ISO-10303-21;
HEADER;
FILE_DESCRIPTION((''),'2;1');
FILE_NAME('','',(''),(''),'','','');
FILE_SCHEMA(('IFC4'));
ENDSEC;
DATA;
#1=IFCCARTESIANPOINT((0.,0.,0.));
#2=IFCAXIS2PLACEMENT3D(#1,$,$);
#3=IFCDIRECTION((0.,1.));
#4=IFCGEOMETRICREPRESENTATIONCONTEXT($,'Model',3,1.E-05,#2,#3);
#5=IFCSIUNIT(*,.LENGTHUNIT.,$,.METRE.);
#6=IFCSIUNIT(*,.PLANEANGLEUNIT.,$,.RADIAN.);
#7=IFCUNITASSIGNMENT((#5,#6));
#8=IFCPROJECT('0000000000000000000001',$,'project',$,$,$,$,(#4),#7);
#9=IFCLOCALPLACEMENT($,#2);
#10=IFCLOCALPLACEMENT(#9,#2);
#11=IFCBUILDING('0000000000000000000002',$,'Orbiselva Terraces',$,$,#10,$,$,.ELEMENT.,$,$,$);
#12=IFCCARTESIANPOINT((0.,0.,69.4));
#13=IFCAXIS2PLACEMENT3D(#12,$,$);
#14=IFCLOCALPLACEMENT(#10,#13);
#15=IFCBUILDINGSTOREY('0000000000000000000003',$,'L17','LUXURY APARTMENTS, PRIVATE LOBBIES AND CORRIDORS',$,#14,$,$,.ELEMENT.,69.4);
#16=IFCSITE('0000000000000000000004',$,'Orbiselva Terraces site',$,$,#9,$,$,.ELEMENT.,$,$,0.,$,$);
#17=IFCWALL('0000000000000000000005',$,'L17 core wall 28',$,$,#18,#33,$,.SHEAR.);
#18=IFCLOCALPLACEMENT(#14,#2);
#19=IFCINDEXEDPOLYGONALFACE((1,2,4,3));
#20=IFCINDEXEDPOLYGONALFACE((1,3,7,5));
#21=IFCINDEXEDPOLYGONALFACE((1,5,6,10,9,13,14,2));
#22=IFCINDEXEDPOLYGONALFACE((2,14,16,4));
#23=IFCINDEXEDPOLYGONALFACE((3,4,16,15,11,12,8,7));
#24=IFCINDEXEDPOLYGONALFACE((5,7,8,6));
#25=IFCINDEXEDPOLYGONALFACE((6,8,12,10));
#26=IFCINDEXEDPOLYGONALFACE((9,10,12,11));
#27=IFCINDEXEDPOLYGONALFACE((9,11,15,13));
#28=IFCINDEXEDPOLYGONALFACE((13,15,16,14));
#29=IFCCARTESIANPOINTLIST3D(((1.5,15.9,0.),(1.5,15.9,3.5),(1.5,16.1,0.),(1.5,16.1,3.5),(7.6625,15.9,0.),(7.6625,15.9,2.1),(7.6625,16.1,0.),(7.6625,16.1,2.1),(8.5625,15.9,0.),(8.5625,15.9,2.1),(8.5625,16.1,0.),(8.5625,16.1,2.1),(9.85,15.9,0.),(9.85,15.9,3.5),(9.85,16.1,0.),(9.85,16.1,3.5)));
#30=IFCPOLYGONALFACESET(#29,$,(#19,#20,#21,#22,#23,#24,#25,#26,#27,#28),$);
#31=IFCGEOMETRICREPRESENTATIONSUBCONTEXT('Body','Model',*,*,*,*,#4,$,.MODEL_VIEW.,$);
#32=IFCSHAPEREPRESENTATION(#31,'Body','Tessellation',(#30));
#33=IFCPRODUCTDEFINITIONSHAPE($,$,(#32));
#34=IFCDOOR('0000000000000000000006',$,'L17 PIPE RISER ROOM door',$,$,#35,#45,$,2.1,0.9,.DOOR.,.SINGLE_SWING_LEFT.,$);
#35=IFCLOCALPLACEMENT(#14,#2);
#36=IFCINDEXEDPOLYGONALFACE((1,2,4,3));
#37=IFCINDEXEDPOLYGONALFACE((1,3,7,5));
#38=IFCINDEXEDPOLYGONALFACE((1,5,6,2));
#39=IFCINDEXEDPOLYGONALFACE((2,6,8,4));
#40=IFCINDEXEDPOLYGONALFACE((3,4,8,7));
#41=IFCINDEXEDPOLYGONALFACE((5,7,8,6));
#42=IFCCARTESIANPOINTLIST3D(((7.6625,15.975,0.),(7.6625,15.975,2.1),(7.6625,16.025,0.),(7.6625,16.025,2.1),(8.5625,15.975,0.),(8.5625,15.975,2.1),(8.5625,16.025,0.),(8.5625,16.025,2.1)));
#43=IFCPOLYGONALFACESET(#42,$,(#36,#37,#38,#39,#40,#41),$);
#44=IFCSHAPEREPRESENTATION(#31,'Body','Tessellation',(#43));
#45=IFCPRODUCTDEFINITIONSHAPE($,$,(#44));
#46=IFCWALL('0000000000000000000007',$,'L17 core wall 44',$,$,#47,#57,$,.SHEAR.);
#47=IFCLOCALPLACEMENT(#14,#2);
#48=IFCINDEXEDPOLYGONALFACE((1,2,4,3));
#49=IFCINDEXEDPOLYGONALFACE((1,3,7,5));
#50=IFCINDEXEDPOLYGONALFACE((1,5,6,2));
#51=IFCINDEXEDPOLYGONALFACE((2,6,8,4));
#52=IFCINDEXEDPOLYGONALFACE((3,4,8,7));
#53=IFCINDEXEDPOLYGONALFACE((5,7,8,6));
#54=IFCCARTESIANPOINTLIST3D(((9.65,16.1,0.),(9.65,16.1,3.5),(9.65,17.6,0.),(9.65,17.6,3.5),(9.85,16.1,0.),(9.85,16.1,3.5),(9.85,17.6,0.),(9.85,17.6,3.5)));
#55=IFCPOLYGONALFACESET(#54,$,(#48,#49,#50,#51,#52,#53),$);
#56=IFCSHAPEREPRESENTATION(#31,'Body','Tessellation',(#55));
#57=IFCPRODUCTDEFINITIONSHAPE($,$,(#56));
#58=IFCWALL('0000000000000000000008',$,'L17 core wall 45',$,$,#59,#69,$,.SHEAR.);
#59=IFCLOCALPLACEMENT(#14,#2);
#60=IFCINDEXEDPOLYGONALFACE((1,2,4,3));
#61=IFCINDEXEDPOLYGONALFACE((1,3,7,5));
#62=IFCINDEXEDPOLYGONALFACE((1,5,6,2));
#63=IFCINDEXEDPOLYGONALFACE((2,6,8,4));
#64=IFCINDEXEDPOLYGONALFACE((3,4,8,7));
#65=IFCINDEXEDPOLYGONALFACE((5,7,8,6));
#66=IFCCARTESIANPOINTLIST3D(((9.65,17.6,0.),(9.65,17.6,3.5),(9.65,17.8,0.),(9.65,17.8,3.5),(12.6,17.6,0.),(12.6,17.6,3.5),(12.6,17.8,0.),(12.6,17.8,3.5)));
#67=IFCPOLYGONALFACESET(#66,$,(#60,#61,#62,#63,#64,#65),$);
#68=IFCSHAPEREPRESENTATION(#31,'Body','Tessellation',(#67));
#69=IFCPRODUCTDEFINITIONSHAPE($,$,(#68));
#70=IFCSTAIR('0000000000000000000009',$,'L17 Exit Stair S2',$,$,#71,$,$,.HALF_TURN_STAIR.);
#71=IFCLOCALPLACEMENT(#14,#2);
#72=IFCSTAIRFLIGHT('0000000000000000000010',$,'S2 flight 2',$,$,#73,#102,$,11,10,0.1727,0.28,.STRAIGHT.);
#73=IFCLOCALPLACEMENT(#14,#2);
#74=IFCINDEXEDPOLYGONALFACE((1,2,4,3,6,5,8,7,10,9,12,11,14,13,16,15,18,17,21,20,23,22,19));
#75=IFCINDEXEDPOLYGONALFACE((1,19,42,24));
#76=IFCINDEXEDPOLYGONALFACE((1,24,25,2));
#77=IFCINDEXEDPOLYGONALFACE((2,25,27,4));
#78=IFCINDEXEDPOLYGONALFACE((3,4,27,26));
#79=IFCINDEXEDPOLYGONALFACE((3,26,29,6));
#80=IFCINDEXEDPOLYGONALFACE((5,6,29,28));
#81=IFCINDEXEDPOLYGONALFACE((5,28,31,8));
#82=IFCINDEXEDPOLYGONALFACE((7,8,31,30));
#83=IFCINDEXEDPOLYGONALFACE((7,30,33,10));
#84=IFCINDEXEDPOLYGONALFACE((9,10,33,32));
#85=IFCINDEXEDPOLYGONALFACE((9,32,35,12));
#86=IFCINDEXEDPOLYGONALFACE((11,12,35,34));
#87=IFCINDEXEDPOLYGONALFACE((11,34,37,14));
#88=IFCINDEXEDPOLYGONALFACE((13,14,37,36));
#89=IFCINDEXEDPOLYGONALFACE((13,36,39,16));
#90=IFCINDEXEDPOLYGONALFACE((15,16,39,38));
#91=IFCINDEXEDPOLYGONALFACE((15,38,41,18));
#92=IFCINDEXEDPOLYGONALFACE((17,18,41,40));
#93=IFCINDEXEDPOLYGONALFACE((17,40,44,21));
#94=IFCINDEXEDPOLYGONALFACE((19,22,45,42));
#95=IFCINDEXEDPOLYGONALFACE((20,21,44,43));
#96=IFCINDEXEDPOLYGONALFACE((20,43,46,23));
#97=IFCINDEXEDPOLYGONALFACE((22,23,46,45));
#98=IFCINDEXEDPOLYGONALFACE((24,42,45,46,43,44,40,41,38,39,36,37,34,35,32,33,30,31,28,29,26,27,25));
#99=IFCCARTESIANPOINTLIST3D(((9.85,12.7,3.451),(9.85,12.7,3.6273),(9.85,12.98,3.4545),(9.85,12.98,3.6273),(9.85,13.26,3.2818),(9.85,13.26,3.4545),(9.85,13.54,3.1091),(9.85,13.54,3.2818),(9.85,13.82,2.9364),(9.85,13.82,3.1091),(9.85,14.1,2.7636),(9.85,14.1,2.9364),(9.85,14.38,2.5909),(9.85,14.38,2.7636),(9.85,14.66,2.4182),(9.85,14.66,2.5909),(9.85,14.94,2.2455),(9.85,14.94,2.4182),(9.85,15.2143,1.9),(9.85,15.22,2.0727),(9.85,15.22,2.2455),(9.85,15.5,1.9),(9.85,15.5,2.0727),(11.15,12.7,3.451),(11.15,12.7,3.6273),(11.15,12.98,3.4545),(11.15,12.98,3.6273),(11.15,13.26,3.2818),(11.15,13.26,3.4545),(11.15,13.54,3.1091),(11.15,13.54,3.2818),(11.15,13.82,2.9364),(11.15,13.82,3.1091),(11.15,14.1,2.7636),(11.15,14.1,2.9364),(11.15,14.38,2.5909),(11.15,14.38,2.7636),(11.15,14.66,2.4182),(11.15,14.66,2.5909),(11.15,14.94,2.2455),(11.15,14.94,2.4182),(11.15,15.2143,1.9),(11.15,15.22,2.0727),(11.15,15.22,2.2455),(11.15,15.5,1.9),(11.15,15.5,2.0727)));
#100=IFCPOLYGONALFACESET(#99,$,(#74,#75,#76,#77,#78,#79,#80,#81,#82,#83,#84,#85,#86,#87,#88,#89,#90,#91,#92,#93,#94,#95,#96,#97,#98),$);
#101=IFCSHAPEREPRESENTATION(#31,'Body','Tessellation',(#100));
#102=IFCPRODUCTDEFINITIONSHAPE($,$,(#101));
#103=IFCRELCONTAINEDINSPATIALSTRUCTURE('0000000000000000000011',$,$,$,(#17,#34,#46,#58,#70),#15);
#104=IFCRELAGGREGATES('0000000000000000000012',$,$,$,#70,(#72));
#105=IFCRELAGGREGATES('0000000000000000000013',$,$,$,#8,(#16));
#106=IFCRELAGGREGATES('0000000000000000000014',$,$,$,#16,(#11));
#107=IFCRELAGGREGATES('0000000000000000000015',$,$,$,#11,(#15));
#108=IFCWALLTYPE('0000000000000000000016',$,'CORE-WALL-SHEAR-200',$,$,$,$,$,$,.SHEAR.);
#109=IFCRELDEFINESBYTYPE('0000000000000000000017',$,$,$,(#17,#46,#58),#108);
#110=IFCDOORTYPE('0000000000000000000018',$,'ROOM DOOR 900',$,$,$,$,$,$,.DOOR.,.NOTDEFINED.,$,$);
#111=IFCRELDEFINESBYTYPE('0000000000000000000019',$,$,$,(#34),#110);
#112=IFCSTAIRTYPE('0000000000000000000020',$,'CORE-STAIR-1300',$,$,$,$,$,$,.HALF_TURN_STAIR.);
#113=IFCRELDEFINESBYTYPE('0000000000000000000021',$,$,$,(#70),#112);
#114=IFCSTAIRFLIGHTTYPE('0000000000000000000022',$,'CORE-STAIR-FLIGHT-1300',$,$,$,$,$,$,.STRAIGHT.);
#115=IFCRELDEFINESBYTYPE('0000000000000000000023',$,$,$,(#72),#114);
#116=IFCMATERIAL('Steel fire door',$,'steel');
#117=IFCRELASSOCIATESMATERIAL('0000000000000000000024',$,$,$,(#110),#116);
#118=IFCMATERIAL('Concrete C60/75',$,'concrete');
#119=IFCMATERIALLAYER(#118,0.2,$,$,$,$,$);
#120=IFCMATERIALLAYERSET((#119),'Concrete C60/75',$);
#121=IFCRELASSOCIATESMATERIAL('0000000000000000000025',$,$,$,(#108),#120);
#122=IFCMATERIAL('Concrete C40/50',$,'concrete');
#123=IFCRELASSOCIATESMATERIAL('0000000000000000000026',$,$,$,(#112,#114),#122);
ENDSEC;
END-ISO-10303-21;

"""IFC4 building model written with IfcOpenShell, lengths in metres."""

from ifc_helpers import new_model, si_unit, direction, frame, frame_2d, origin, place, context, subcontext, project, spatial, polyline, rectangle, outline, extrude, material, layer, layer_set, type_object, element, fill, aggregate, save


model = new_model("IFC4")

# Units and contexts
model_context = context("Model", 3, precision=1e-05, world=origin(), true_north=direction((0.0, 1.0)))
body_context = subcontext(model_context, "Body", "Model", "MODEL_VIEW")
ifc_project = project(units=[si_unit("LENGTHUNIT", "METRE"), si_unit("PLANEANGLEUNIT", "RADIAN")], contexts=[model_context])

# Site, building, storey
site_placement = place(None, origin())
site = spatial("IfcSite", under=ifc_project, at=site_placement, Name="Orbiselva Terraces site", CompositionType="ELEMENT", RefElevation=0.0)
building_placement = place(site_placement, origin())
building = spatial("IfcBuilding", under=site, at=building_placement, Name="Orbiselva Terraces", CompositionType="ELEMENT")
storey_placement = place(building_placement, frame((0.0, 0.0, 69.4)))
storey = spatial("IfcBuildingStorey", under=building, at=storey_placement, Name="L17", Description="LUXURY APARTMENTS, PRIVATE LOBBIES AND CORRIDORS", CompositionType="ELEMENT", Elevation=69.4)

# Shared definitions
ifc_material_1 = material(Name="Steel fire door", Category="steel")
door_type = type_object("IfcDoorType", Name="ROOM DOOR 900", OperationType="NOTDEFINED", PredefinedType="DOOR", material=ifc_material_1)

# Shared definitions
ifc_material_2 = material(Name="Concrete C40/50", Category="concrete")
ifc_material_3 = material(Name="Concrete C60/75", Category="concrete")
ifc_layer_1 = layer(ifc_material_3, 0.2)
ifc_layer_set_1 = layer_set([ifc_layer_1], Name="Concrete C60/75")
wall_type_1 = type_object("IfcWallType", Name="CORE-WALL-SHEAR-200", PredefinedType="SHEAR", material=ifc_layer_set_1)

# Wall, opening, door
wall_1_placement = place(storey_placement, frame((9.85, 16.0, 0.0), z_axis=(0.0, 0.0, 1.0), x_axis=(-1.0, 0.0, 0.0)))
wall_1 = element("IfcWall", 1, at=wall_1_placement, inside=storey, type_object=wall_type_1, Name="L17 core wall 28", PredefinedType="SHEAR", context=body_context, shape_type="SweptSolid", body=[
    extrude(rectangle(XDim=8.35, YDim=0.2, at=frame_2d((4.175, 0.0))), origin(), (0.0, 0.0, 1.0), 3.5),
])
opening_1_placement = place(wall_1_placement, frame((1.2875, 0.0, 0.0)))
opening_1 = element("IfcOpeningElement", 2, at=opening_1_placement, cuts=wall_1, PredefinedType="OPENING", context=body_context, shape_type="SweptSolid", body=[
    extrude(rectangle(XDim=0.9, YDim=2.1, at=frame_2d((0.45, 1.05))), frame((0.0, 0.11, 0.0), z_axis=(0.0, -1.0, 0.0), x_axis=(1.0, 0.0, 0.0)), (0.0, 0.0, 1.0), 0.22),
])
door_1_placement = place(opening_1_placement, origin())
door_1 = element("IfcDoor", 3, at=door_1_placement, inside=storey, type_object=door_type, Name="L17 PIPE RISER ROOM door", OperationType="SINGLE_SWING_LEFT", OverallHeight=2.1, OverallWidth=0.9, PredefinedType="DOOR", context=body_context, shape_type="SweptSolid", body=[
    extrude(rectangle(XDim=0.9, YDim=2.1, at=frame_2d((0.45, 1.05))), frame((0.0, 0.025, 0.0), z_axis=(0.0, -1.0, 0.0), x_axis=(1.0, 0.0, 0.0)), (0.0, 0.0, 1.0), 0.05),
])
fill(opening_1, door_1)

# Walls
wall_2_placement = place(storey_placement, frame((9.75, 16.1, 0.0), z_axis=(0.0, 0.0, 1.0), x_axis=(0.0, 1.0, 0.0)))
element("IfcWall", 4, at=wall_2_placement, inside=storey, type_object=wall_type_1, Name="L17 core wall 44", PredefinedType="SHEAR", context=body_context, shape_type="SweptSolid", body=[
    extrude(rectangle(XDim=1.5, YDim=0.2, at=frame_2d((0.75, 0.0))), origin(), (0.0, 0.0, 1.0), 3.5),
])
wall_3_placement = place(storey_placement, frame((9.65, 17.7, 0.0), z_axis=(0.0, 0.0, 1.0), x_axis=(1.0, 0.0, 0.0)))
element("IfcWall", 5, at=wall_3_placement, inside=storey, type_object=wall_type_1, Name="L17 core wall 45", PredefinedType="SHEAR", context=body_context, shape_type="SweptSolid", body=[
    extrude(rectangle(XDim=2.95, YDim=0.2, at=frame_2d((1.475, 0.0))), origin(), (0.0, 0.0, 1.0), 3.5),
])

# Stair, stair flight
stair_type = type_object("IfcStairType", Name="CORE-STAIR-1300", PredefinedType="HALF_TURN_STAIR", material=ifc_material_2)
stair_placement = place(storey_placement, origin())
stair = element("IfcStair", 6, at=stair_placement, inside=storey, type_object=stair_type, Name="L17 Exit Stair S2", PredefinedType="HALF_TURN_STAIR")
stair_flight_type = type_object("IfcStairFlightType", Name="CORE-STAIR-FLIGHT-1300", PredefinedType="STRAIGHT", material=ifc_material_2)
stair_flight_placement = place(storey_placement, frame((10.5, 15.5, 1.9), z_axis=(0.0, 0.0, 1.0), x_axis=(0.0, -1.0, 0.0)))
stair_flight = element("IfcStairFlight", 7, at=stair_flight_placement, type_object=stair_flight_type, Name="S2 flight 2", NumberOfRisers=11, NumberOfTreads=10, PredefinedType="STRAIGHT", RiserHeight=0.1727, TreadLength=0.28, context=body_context, shape_type="SweptSolid", body=[
    extrude(outline(polyline([(0.0, 0.0), (0.0, 0.1727), (0.28, 0.1727), (0.28, 0.3455), (0.56, 0.3455), (0.56, 0.5182), (0.84, 0.5182), (0.84, 0.6909), (1.12, 0.6909), (1.12, 0.8636), (1.4, 0.8636), (1.4, 1.0364), (1.68, 1.0364), (1.68, 1.2091), (1.96, 1.2091), (1.96, 1.3818), (2.24, 1.3818), (2.24, 1.5545), (2.52, 1.5545), (2.52, 1.7273), (2.8, 1.7273), (2.8, 1.9), (2.8, 1.551), (0.2857, 0.0), (0.0, 0.0)])), frame((0.0, 0.65, 0.0), z_axis=(0.0, -1.0, 0.0), x_axis=(1.0, 0.0, 0.0)), (0.0, 0.0, 1.0), 1.3),
])
aggregate(stair, [stair_flight])

save(model, "model.ifc")
